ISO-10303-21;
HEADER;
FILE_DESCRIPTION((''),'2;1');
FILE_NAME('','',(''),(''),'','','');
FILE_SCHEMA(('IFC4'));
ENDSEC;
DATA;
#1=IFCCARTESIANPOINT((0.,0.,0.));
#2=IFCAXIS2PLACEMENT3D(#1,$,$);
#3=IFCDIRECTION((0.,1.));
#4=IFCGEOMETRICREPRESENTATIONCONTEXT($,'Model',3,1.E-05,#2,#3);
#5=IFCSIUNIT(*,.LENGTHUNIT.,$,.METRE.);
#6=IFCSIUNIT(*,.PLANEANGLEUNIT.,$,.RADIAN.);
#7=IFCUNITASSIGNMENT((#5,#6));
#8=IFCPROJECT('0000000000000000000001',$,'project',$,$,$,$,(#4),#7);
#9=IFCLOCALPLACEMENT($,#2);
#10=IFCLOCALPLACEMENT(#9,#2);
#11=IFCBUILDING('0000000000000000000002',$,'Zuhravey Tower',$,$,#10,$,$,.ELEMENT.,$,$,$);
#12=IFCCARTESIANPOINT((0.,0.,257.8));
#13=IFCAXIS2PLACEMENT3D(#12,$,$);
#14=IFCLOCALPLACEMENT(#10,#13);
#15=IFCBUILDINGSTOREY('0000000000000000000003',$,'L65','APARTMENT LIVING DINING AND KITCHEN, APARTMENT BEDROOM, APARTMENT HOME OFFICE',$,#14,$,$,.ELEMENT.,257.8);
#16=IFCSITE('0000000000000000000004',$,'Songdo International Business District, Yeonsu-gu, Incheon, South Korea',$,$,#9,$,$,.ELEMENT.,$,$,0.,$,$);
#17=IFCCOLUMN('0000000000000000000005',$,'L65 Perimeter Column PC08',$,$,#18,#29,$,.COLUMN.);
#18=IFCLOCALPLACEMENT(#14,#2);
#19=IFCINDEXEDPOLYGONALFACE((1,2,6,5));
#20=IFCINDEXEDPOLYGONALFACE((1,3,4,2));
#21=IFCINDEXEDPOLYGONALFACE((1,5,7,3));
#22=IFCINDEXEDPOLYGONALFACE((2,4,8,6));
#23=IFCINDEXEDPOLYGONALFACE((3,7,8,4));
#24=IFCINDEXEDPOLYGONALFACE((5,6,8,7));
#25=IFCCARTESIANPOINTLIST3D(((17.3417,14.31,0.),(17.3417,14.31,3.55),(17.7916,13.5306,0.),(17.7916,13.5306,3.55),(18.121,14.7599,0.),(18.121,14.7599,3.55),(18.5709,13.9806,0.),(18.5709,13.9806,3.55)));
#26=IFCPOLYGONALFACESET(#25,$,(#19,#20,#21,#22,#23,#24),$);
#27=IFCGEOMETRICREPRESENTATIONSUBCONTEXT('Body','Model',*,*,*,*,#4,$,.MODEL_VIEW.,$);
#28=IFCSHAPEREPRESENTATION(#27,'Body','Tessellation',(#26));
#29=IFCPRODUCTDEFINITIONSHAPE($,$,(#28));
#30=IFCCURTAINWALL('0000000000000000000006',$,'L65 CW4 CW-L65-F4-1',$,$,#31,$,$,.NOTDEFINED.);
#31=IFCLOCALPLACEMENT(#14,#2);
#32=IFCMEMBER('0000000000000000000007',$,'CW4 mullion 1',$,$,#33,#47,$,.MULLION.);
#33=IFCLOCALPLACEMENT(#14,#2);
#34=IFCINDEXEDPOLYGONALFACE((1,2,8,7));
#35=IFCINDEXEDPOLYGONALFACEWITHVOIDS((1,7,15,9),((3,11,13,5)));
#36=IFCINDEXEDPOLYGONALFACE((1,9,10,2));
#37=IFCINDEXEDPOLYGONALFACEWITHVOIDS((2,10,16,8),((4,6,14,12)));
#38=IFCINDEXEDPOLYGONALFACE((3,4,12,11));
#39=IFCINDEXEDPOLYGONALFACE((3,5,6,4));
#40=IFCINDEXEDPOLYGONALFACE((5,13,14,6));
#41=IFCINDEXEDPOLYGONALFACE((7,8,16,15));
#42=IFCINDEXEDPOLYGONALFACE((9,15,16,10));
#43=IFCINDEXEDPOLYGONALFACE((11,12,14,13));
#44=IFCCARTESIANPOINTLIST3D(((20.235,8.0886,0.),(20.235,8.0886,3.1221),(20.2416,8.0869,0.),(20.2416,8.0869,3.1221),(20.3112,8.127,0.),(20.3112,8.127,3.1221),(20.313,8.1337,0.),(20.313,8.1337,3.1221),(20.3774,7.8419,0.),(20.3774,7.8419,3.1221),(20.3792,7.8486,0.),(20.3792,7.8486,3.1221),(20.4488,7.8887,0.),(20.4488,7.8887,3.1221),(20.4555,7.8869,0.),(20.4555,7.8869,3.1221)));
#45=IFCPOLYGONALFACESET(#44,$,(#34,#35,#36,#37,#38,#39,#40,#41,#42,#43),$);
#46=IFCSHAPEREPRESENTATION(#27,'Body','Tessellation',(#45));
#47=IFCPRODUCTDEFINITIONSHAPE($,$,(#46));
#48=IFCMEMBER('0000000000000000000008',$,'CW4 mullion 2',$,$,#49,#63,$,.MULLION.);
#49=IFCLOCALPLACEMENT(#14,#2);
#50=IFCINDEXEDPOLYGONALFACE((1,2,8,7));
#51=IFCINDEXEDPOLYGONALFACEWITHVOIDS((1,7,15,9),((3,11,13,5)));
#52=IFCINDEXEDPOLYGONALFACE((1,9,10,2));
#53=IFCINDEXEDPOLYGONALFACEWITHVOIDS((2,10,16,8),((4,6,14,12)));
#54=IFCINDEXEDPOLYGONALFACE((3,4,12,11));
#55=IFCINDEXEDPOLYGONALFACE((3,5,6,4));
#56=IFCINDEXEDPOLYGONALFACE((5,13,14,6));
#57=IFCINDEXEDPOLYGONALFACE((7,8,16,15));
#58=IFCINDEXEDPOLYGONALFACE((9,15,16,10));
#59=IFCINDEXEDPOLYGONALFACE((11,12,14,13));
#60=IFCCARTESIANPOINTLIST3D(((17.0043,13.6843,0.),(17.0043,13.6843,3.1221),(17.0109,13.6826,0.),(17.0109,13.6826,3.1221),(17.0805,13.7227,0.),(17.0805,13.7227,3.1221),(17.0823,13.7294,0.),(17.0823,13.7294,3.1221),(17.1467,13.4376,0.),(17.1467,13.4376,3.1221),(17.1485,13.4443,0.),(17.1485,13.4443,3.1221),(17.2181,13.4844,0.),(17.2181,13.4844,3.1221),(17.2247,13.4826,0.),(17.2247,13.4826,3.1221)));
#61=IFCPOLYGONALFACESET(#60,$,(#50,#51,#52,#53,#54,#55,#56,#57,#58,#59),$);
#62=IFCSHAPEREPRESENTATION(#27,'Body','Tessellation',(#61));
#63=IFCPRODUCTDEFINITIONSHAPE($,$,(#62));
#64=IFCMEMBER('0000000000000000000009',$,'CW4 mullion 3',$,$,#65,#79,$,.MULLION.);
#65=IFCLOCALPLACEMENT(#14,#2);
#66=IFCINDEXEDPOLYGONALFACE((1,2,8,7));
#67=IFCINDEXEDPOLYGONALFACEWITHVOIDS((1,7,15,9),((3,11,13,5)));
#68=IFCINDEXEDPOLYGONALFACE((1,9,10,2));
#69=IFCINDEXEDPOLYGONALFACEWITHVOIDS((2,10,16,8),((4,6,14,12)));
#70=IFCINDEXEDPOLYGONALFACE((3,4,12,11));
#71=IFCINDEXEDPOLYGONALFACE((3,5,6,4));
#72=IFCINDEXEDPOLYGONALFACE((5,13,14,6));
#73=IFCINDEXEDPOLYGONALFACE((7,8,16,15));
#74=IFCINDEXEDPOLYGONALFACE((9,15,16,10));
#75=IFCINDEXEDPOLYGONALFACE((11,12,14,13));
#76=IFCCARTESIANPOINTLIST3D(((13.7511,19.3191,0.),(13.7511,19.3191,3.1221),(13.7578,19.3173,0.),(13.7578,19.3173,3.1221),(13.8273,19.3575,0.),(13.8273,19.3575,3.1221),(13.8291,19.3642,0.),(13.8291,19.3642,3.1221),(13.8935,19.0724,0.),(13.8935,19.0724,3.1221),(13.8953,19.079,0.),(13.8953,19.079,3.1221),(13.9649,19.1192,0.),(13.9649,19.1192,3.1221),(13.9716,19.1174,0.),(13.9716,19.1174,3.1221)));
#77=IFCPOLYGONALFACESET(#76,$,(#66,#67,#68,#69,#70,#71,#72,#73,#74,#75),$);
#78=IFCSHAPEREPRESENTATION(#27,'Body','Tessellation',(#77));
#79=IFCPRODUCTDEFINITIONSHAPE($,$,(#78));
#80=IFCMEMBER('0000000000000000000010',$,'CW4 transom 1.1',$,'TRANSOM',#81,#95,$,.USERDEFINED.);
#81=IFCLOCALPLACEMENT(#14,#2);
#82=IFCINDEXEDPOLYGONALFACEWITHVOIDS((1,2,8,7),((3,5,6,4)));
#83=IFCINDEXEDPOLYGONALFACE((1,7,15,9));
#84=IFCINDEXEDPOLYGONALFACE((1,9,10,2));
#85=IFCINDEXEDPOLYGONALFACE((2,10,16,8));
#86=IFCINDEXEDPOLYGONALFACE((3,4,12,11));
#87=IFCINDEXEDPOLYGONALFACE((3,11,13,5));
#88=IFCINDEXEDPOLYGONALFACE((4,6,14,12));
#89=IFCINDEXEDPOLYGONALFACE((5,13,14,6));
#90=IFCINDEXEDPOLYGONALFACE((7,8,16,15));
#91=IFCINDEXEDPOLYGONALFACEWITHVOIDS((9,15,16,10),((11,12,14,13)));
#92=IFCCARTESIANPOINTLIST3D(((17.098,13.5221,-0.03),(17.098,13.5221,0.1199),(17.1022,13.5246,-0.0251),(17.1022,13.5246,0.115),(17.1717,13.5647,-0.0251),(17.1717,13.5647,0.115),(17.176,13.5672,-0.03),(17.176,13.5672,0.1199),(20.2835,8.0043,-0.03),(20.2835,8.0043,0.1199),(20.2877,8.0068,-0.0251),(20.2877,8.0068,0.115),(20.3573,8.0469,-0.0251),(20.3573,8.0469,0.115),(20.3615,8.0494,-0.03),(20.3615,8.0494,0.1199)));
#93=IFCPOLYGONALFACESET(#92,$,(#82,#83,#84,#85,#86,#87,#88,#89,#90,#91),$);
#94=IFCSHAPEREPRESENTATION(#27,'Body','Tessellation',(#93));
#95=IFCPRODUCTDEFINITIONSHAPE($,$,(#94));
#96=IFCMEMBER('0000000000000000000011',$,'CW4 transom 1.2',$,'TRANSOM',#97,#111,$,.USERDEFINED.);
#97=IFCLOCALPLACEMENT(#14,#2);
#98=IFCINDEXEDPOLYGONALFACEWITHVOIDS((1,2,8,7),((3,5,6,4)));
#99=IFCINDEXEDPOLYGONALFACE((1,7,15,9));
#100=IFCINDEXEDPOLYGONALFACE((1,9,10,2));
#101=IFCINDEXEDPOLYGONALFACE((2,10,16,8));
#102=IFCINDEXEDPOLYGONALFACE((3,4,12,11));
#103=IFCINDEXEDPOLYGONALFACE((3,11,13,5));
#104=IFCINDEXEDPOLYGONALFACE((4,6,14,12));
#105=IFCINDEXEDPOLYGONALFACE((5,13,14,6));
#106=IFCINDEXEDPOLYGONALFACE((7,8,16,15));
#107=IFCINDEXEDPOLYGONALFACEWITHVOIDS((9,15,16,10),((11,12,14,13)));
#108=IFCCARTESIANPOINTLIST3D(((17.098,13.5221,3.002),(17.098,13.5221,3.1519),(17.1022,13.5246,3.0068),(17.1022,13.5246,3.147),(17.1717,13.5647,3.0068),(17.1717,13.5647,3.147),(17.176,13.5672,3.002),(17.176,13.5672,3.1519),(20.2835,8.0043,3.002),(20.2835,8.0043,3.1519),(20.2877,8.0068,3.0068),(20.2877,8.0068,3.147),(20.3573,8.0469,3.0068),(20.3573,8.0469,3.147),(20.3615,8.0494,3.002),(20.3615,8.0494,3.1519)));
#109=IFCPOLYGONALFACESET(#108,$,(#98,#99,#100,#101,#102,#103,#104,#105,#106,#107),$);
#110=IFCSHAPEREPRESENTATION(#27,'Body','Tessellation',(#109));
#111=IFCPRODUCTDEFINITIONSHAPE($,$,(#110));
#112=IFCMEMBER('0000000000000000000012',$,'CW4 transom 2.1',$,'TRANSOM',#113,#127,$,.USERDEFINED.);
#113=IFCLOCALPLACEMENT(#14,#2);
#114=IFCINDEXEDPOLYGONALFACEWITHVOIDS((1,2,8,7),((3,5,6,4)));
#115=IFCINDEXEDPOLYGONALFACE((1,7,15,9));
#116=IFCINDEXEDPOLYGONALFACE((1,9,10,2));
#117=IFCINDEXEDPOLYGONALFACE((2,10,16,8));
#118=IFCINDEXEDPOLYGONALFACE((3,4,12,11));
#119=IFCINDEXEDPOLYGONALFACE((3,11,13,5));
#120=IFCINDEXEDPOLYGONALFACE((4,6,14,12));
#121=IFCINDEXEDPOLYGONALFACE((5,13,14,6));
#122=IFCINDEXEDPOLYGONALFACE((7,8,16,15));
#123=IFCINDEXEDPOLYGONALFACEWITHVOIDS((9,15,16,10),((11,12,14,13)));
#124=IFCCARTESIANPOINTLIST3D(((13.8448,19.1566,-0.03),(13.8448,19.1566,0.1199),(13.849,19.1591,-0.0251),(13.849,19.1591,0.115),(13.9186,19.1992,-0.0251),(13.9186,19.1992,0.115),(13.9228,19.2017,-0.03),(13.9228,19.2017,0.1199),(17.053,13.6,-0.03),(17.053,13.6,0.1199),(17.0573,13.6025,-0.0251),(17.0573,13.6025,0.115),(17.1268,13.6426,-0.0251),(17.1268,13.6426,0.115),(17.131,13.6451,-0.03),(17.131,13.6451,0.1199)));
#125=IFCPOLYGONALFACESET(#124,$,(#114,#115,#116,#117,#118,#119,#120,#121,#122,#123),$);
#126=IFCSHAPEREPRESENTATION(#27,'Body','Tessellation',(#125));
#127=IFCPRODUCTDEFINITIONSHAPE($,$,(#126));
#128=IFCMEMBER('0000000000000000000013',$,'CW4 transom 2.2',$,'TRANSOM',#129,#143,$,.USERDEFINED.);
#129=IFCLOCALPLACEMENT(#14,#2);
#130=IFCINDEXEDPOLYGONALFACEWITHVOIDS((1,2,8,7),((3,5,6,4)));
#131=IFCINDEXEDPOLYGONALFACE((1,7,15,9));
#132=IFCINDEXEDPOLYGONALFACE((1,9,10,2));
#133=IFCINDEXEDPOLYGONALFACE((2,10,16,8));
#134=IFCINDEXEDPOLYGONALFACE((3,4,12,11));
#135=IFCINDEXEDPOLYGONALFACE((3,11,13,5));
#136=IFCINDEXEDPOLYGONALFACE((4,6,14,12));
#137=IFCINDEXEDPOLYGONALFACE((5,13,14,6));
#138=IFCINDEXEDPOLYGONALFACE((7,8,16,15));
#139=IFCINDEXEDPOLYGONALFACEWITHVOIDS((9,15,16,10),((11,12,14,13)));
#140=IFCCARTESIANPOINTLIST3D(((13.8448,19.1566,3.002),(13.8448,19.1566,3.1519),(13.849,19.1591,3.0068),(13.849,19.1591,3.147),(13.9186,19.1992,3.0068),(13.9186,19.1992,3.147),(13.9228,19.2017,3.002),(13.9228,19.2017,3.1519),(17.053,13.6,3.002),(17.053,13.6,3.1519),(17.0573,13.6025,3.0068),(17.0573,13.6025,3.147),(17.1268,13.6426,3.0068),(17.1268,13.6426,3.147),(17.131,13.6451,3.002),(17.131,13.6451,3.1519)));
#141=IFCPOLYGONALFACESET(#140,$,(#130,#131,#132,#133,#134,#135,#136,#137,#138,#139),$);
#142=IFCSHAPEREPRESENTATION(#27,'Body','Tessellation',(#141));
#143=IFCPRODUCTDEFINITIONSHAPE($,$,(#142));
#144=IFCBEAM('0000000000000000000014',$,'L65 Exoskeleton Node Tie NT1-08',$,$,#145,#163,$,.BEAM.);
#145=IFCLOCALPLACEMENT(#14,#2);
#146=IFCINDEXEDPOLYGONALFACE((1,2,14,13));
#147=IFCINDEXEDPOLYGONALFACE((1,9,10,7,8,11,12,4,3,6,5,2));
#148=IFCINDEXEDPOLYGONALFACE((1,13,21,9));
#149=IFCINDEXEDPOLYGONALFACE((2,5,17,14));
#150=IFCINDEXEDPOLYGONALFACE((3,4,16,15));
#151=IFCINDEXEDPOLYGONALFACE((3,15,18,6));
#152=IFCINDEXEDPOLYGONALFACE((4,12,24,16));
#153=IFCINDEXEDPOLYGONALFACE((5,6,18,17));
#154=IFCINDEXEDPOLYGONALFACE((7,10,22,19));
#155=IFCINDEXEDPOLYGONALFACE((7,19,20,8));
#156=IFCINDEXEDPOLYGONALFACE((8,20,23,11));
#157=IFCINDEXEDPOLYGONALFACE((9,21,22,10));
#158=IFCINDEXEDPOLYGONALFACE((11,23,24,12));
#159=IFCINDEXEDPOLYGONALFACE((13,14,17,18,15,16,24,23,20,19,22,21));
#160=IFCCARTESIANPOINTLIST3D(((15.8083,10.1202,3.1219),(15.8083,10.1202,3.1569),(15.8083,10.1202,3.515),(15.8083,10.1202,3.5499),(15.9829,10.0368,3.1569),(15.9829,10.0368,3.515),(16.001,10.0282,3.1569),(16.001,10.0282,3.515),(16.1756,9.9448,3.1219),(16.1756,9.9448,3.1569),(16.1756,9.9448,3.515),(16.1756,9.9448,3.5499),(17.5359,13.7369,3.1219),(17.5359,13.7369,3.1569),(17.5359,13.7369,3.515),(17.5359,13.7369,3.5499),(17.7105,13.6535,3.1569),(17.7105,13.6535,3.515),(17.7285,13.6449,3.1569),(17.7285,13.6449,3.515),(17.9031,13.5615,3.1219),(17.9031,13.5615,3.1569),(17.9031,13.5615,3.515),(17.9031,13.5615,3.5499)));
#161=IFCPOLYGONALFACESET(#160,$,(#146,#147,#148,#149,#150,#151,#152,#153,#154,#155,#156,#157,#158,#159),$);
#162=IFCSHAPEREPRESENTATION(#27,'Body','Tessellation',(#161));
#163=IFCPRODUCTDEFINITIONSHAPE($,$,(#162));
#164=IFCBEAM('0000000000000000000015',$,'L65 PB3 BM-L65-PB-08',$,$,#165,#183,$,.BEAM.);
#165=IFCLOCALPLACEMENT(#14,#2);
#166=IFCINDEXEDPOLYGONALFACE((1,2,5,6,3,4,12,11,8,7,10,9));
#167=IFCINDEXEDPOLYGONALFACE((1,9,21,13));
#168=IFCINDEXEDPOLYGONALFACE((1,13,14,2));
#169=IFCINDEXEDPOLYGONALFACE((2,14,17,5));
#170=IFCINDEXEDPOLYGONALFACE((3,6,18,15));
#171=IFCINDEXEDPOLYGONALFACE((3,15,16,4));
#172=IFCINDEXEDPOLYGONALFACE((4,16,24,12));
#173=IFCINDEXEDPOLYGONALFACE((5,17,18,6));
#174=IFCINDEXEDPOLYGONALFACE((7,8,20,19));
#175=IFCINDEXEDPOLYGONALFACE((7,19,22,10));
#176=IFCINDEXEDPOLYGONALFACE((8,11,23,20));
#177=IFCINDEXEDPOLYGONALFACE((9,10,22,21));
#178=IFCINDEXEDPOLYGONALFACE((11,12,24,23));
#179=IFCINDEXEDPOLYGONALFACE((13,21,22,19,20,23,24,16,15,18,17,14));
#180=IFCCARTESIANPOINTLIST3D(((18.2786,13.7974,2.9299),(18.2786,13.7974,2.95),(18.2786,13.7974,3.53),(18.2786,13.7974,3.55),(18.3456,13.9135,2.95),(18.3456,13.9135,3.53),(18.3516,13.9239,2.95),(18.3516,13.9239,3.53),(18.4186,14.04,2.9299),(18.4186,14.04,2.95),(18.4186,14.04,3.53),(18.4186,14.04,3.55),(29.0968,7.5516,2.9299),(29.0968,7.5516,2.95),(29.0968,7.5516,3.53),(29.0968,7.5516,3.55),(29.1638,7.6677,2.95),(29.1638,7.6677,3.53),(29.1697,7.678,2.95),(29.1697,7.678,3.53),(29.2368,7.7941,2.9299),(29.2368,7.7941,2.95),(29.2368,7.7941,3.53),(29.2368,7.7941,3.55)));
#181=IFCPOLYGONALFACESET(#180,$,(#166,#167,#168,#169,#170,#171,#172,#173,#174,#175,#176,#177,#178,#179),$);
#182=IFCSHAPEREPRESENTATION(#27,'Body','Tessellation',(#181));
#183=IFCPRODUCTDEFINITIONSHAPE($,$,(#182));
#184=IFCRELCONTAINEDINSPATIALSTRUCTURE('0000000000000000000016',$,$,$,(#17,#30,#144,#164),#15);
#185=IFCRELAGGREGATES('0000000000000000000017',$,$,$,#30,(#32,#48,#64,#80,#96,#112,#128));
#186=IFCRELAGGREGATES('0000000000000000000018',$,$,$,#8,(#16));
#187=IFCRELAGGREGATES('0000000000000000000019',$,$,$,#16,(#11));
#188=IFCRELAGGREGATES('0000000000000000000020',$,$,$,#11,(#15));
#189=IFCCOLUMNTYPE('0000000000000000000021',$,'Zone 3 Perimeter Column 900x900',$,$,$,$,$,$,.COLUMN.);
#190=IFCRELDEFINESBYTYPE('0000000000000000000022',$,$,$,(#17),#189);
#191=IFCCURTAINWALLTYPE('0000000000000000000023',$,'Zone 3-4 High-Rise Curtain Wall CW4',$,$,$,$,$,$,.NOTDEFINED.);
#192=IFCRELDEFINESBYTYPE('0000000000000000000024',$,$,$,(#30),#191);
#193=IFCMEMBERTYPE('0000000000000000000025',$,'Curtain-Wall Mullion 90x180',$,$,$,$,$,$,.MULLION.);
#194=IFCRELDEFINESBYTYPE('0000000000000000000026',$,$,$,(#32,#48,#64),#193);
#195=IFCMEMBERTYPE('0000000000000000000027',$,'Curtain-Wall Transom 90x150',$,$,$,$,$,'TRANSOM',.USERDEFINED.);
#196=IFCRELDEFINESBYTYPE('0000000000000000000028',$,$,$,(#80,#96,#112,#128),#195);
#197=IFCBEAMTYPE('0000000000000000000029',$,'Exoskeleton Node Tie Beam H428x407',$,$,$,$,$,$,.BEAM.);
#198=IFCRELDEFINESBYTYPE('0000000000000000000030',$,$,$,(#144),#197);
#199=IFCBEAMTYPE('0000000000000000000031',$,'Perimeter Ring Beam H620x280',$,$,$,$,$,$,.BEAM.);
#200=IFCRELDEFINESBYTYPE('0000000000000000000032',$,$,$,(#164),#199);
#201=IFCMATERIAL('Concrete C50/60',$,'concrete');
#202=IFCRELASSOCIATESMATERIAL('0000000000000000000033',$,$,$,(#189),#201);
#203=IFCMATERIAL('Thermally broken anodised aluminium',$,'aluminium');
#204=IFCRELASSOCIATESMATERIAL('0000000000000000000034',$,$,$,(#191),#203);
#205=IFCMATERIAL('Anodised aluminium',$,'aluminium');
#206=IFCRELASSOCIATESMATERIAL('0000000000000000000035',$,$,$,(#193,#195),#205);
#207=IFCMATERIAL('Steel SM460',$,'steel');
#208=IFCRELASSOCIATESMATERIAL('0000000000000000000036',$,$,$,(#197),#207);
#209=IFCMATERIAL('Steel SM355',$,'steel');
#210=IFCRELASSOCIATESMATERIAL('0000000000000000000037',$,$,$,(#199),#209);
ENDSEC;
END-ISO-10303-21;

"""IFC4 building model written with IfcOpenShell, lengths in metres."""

from ifc_helpers import new_model, si_unit, direction, frame, origin, origin_2d, place, context, subcontext, project, spatial, rectangle, hollow_rectangle, i_section, extrude, material, material_profile, profile_set, type_object, element, aggregate, save


model = new_model("IFC4")

# Units and contexts
model_context = context("Model", 3, precision=1e-05, world=origin(), true_north=direction((0.0, 1.0)))
body_context = subcontext(model_context, "Body", "Model", "MODEL_VIEW")
ifc_project = project(units=[si_unit("LENGTHUNIT", "METRE"), si_unit("PLANEANGLEUNIT", "RADIAN")], contexts=[model_context])

# Site, building, storey
site_placement = place(None, origin())
site = spatial("IfcSite", under=ifc_project, at=site_placement, Name="Songdo International Business District, Yeonsu-gu, Incheon, South Korea", CompositionType="ELEMENT", RefElevation=0.0)
building_placement = place(site_placement, origin())
building = spatial("IfcBuilding", under=site, at=building_placement, Name="Zuhravey Tower", CompositionType="ELEMENT")
storey_placement = place(building_placement, frame((0.0, 0.0, 257.8)))
storey = spatial("IfcBuildingStorey", under=building, at=storey_placement, Name="L65", Description="APARTMENT LIVING DINING AND KITCHEN, APARTMENT BEDROOM, APARTMENT HOME OFFICE", CompositionType="ELEMENT", Elevation=257.8)

# Column
ifc_material_1 = material(Name="Concrete C50/60", Category="concrete")
ifc_material_profile_1 = material_profile(ifc_material_1, rectangle(XDim=0.8999, YDim=0.8999, at=origin_2d()), Name="RC-900x900")
ifc_profile_set_1 = profile_set([ifc_material_profile_1], Name="Concrete C50/60")
column_type = type_object("IfcColumnType", Name="Zone 3 Perimeter Column 900x900", PredefinedType="COLUMN", material=ifc_profile_set_1)
column_placement = place(storey_placement, frame((17.9563, 14.1453, 0.0), z_axis=(0.0, 0.0, 1.0), x_axis=(0.5, -0.866025, 0.0)))
element("IfcColumn", 1, at=column_placement, inside=storey, type_object=column_type, Name="L65 Perimeter Column PC08", PredefinedType="COLUMN", context=body_context, shape_type="SweptSolid", body=[
    extrude(rectangle(XDim=0.8999, YDim=0.8999, at=origin_2d()), origin(), (0.0, 0.0, 1.0), 3.55),
])

# Curtain wall, members
ifc_material_2 = material(Name="Thermally broken anodised aluminium", Category="aluminium")
curtain_wall_type = type_object("IfcCurtainWallType", Name="Zone 3-4 High-Rise Curtain Wall CW4", PredefinedType="NOTDEFINED", material=ifc_material_2)
curtain_wall_placement = place(storey_placement, origin())
curtain_wall = element("IfcCurtainWall", 2, at=curtain_wall_placement, inside=storey, type_object=curtain_wall_type, Name="L65 CW4 CW-L65-F4-1", PredefinedType="NOTDEFINED")
ifc_material_3 = material(Name="Anodised aluminium", Category="aluminium")
ifc_material_profile_2 = material_profile(ifc_material_3, hollow_rectangle(XDim=0.0901, YDim=0.2849, WallThickness=0.0049, at=origin_2d()), Name="ALU-RHS-90x285x5")
ifc_profile_set_2 = profile_set([ifc_material_profile_2], Name="Anodised aluminium")
member_type_1 = type_object("IfcMemberType", Name="Curtain-Wall Mullion 90x180", PredefinedType="MULLION", material=ifc_profile_set_2)
member_1_placement = place(storey_placement, frame((20.3452, 7.9878, 0.0), z_axis=(0.0, 0.0, 1.0), x_axis=(-0.866025, -0.500001, 0.0)))
member_1 = element("IfcMember", 3, at=member_1_placement, type_object=member_type_1, Name="CW4 mullion 1", PredefinedType="MULLION", context=body_context, shape_type="SweptSolid", body=[
    extrude(hollow_rectangle(XDim=0.0901, YDim=0.2849, WallThickness=0.0049, at=origin_2d()), origin(), (0.0, 0.0, 1.0), 3.1221),
])
member_2_placement = place(storey_placement, frame((17.1145, 13.5835, 0.0), z_axis=(0.0, 0.0, 1.0), x_axis=(-0.866025, -0.500001, 0.0)))
member_2 = element("IfcMember", 4, at=member_2_placement, type_object=member_type_1, Name="CW4 mullion 2", PredefinedType="MULLION", context=body_context, shape_type="SweptSolid", body=[
    extrude(hollow_rectangle(XDim=0.0901, YDim=0.2849, WallThickness=0.0049, at=origin_2d()), origin(), (0.0, 0.0, 1.0), 3.1221),
])
member_3_placement = place(storey_placement, frame((13.8613, 19.2183, 0.0), z_axis=(0.0, 0.0, 1.0), x_axis=(-0.866025, -0.500001, 0.0)))
member_3 = element("IfcMember", 5, at=member_3_placement, type_object=member_type_1, Name="CW4 mullion 3", PredefinedType="MULLION", context=body_context, shape_type="SweptSolid", body=[
    extrude(hollow_rectangle(XDim=0.0901, YDim=0.2849, WallThickness=0.0049, at=origin_2d()), origin(), (0.0, 0.0, 1.0), 3.1221),
])
ifc_material_profile_3 = material_profile(ifc_material_3, hollow_rectangle(XDim=0.0901, YDim=0.1499, WallThickness=0.0049, at=origin_2d()), Name="ALU-RHS-90x150x5")
ifc_profile_set_3 = profile_set([ifc_material_profile_3], Name="Anodised aluminium")
member_type_2 = type_object("IfcMemberType", Name="Curtain-Wall Transom 90x150", ElementType="TRANSOM", PredefinedType="USERDEFINED", material=ifc_profile_set_3)
member_4_placement = place(storey_placement, frame((20.3225, 8.0269, 0.0449), z_axis=(-0.49998, 0.866037, 0.0), x_axis=(-0.866037, -0.49998, 0.0)))
member_4 = element("IfcMember", 6, at=member_4_placement, type_object=member_type_2, Name="CW4 transom 1.1", ObjectType="TRANSOM", PredefinedType="USERDEFINED", context=body_context, shape_type="SweptSolid", body=[
    extrude(hollow_rectangle(XDim=0.0901, YDim=0.1499, WallThickness=0.0049, at=origin_2d()), origin(), (0.0, 0.0, 1.0), 6.3713),
])
member_5_placement = place(storey_placement, frame((20.3225, 8.0269, 3.0769), z_axis=(-0.49998, 0.866037, 0.0), x_axis=(-0.866037, -0.49998, 0.0)))
member_5 = element("IfcMember", 7, at=member_5_placement, type_object=member_type_2, Name="CW4 transom 1.2", ObjectType="TRANSOM", PredefinedType="USERDEFINED", context=body_context, shape_type="SweptSolid", body=[
    extrude(hollow_rectangle(XDim=0.0901, YDim=0.1499, WallThickness=0.0049, at=origin_2d()), origin(), (0.0, 0.0, 1.0), 6.3713),
])
member_6_placement = place(storey_placement, frame((17.092, 13.6226, 0.0449), z_axis=(-0.500014, 0.866017, 0.0), x_axis=(-0.866017, -0.500014, 0.0)))
member_6 = element("IfcMember", 8, at=member_6_placement, type_object=member_type_2, Name="CW4 transom 2.1", ObjectType="TRANSOM", PredefinedType="USERDEFINED", context=body_context, shape_type="SweptSolid", body=[
    extrude(hollow_rectangle(XDim=0.0901, YDim=0.1499, WallThickness=0.0049, at=origin_2d()), origin(), (0.0, 0.0, 1.0), 6.4163),
])
member_7_placement = place(storey_placement, frame((17.092, 13.6226, 3.0769), z_axis=(-0.500014, 0.866017, 0.0), x_axis=(-0.866017, -0.500014, 0.0)))
member_7 = element("IfcMember", 9, at=member_7_placement, type_object=member_type_2, Name="CW4 transom 2.2", ObjectType="TRANSOM", PredefinedType="USERDEFINED", context=body_context, shape_type="SweptSolid", body=[
    extrude(hollow_rectangle(XDim=0.0901, YDim=0.1499, WallThickness=0.0049, at=origin_2d()), origin(), (0.0, 0.0, 1.0), 6.4163),
])

# Beams
ifc_material_4 = material(Name="Steel SM460", Category="steel")
ifc_material_profile_4 = material_profile(ifc_material_4, i_section(OverallWidth=0.407, OverallDepth=0.428, WebThickness=0.02, FlangeThickness=0.0349, at=origin_2d()), Name="H-428x407x20x35")
ifc_profile_set_4 = profile_set([ifc_material_profile_4], Name="Steel SM460")
beam_type_1 = type_object("IfcBeamType", Name="Exoskeleton Node Tie Beam H428x407", PredefinedType="BEAM", material=ifc_profile_set_4)
beam_1_placement = place(storey_placement, frame((17.7195, 13.6492, 3.3359), z_axis=(-0.431011, -0.902346, 0.0), x_axis=(0.902346, -0.431011, 0.0)))
element("IfcBeam", 10, at=beam_1_placement, inside=storey, type_object=beam_type_1, Name="L65 Exoskeleton Node Tie NT1-08", PredefinedType="BEAM", context=body_context, shape_type="SweptSolid", body=[
    extrude(i_section(OverallWidth=0.407, OverallDepth=0.428, WebThickness=0.02, FlangeThickness=0.0349, at=origin_2d()), origin(), (0.0, 0.0, 1.0), 4.0081),
])
ifc_material_5 = material(Name="Steel SM355", Category="steel")
ifc_material_profile_5 = material_profile(ifc_material_5, i_section(OverallWidth=0.28, OverallDepth=0.6201, WebThickness=0.012, FlangeThickness=0.02, at=origin_2d()), Name="H-620x280x12x20")
ifc_profile_set_5 = profile_set([ifc_material_profile_5], Name="Steel SM355")
beam_type_2 = type_object("IfcBeamType", Name="Perimeter Ring Beam H620x280", PredefinedType="BEAM", material=ifc_profile_set_5)
beam_2_placement = place(storey_placement, frame((18.3486, 13.9187, 3.24), z_axis=(0.866025, -0.5, 0.0), x_axis=(0.5, 0.866025, 0.0)))
element("IfcBeam", 11, at=beam_2_placement, inside=storey, type_object=beam_type_2, Name="L65 PB3 BM-L65-PB-08", PredefinedType="BEAM", context=body_context, shape_type="SweptSolid", body=[
    extrude(i_section(OverallWidth=0.28, OverallDepth=0.6201, WebThickness=0.012, FlangeThickness=0.02, at=origin_2d()), origin(), (0.0, 0.0, 1.0), 12.4917),
])

aggregate(curtain_wall, [member_1, member_2, member_3, member_4, member_5, member_6, member_7])

save(model, "model.ifc")
